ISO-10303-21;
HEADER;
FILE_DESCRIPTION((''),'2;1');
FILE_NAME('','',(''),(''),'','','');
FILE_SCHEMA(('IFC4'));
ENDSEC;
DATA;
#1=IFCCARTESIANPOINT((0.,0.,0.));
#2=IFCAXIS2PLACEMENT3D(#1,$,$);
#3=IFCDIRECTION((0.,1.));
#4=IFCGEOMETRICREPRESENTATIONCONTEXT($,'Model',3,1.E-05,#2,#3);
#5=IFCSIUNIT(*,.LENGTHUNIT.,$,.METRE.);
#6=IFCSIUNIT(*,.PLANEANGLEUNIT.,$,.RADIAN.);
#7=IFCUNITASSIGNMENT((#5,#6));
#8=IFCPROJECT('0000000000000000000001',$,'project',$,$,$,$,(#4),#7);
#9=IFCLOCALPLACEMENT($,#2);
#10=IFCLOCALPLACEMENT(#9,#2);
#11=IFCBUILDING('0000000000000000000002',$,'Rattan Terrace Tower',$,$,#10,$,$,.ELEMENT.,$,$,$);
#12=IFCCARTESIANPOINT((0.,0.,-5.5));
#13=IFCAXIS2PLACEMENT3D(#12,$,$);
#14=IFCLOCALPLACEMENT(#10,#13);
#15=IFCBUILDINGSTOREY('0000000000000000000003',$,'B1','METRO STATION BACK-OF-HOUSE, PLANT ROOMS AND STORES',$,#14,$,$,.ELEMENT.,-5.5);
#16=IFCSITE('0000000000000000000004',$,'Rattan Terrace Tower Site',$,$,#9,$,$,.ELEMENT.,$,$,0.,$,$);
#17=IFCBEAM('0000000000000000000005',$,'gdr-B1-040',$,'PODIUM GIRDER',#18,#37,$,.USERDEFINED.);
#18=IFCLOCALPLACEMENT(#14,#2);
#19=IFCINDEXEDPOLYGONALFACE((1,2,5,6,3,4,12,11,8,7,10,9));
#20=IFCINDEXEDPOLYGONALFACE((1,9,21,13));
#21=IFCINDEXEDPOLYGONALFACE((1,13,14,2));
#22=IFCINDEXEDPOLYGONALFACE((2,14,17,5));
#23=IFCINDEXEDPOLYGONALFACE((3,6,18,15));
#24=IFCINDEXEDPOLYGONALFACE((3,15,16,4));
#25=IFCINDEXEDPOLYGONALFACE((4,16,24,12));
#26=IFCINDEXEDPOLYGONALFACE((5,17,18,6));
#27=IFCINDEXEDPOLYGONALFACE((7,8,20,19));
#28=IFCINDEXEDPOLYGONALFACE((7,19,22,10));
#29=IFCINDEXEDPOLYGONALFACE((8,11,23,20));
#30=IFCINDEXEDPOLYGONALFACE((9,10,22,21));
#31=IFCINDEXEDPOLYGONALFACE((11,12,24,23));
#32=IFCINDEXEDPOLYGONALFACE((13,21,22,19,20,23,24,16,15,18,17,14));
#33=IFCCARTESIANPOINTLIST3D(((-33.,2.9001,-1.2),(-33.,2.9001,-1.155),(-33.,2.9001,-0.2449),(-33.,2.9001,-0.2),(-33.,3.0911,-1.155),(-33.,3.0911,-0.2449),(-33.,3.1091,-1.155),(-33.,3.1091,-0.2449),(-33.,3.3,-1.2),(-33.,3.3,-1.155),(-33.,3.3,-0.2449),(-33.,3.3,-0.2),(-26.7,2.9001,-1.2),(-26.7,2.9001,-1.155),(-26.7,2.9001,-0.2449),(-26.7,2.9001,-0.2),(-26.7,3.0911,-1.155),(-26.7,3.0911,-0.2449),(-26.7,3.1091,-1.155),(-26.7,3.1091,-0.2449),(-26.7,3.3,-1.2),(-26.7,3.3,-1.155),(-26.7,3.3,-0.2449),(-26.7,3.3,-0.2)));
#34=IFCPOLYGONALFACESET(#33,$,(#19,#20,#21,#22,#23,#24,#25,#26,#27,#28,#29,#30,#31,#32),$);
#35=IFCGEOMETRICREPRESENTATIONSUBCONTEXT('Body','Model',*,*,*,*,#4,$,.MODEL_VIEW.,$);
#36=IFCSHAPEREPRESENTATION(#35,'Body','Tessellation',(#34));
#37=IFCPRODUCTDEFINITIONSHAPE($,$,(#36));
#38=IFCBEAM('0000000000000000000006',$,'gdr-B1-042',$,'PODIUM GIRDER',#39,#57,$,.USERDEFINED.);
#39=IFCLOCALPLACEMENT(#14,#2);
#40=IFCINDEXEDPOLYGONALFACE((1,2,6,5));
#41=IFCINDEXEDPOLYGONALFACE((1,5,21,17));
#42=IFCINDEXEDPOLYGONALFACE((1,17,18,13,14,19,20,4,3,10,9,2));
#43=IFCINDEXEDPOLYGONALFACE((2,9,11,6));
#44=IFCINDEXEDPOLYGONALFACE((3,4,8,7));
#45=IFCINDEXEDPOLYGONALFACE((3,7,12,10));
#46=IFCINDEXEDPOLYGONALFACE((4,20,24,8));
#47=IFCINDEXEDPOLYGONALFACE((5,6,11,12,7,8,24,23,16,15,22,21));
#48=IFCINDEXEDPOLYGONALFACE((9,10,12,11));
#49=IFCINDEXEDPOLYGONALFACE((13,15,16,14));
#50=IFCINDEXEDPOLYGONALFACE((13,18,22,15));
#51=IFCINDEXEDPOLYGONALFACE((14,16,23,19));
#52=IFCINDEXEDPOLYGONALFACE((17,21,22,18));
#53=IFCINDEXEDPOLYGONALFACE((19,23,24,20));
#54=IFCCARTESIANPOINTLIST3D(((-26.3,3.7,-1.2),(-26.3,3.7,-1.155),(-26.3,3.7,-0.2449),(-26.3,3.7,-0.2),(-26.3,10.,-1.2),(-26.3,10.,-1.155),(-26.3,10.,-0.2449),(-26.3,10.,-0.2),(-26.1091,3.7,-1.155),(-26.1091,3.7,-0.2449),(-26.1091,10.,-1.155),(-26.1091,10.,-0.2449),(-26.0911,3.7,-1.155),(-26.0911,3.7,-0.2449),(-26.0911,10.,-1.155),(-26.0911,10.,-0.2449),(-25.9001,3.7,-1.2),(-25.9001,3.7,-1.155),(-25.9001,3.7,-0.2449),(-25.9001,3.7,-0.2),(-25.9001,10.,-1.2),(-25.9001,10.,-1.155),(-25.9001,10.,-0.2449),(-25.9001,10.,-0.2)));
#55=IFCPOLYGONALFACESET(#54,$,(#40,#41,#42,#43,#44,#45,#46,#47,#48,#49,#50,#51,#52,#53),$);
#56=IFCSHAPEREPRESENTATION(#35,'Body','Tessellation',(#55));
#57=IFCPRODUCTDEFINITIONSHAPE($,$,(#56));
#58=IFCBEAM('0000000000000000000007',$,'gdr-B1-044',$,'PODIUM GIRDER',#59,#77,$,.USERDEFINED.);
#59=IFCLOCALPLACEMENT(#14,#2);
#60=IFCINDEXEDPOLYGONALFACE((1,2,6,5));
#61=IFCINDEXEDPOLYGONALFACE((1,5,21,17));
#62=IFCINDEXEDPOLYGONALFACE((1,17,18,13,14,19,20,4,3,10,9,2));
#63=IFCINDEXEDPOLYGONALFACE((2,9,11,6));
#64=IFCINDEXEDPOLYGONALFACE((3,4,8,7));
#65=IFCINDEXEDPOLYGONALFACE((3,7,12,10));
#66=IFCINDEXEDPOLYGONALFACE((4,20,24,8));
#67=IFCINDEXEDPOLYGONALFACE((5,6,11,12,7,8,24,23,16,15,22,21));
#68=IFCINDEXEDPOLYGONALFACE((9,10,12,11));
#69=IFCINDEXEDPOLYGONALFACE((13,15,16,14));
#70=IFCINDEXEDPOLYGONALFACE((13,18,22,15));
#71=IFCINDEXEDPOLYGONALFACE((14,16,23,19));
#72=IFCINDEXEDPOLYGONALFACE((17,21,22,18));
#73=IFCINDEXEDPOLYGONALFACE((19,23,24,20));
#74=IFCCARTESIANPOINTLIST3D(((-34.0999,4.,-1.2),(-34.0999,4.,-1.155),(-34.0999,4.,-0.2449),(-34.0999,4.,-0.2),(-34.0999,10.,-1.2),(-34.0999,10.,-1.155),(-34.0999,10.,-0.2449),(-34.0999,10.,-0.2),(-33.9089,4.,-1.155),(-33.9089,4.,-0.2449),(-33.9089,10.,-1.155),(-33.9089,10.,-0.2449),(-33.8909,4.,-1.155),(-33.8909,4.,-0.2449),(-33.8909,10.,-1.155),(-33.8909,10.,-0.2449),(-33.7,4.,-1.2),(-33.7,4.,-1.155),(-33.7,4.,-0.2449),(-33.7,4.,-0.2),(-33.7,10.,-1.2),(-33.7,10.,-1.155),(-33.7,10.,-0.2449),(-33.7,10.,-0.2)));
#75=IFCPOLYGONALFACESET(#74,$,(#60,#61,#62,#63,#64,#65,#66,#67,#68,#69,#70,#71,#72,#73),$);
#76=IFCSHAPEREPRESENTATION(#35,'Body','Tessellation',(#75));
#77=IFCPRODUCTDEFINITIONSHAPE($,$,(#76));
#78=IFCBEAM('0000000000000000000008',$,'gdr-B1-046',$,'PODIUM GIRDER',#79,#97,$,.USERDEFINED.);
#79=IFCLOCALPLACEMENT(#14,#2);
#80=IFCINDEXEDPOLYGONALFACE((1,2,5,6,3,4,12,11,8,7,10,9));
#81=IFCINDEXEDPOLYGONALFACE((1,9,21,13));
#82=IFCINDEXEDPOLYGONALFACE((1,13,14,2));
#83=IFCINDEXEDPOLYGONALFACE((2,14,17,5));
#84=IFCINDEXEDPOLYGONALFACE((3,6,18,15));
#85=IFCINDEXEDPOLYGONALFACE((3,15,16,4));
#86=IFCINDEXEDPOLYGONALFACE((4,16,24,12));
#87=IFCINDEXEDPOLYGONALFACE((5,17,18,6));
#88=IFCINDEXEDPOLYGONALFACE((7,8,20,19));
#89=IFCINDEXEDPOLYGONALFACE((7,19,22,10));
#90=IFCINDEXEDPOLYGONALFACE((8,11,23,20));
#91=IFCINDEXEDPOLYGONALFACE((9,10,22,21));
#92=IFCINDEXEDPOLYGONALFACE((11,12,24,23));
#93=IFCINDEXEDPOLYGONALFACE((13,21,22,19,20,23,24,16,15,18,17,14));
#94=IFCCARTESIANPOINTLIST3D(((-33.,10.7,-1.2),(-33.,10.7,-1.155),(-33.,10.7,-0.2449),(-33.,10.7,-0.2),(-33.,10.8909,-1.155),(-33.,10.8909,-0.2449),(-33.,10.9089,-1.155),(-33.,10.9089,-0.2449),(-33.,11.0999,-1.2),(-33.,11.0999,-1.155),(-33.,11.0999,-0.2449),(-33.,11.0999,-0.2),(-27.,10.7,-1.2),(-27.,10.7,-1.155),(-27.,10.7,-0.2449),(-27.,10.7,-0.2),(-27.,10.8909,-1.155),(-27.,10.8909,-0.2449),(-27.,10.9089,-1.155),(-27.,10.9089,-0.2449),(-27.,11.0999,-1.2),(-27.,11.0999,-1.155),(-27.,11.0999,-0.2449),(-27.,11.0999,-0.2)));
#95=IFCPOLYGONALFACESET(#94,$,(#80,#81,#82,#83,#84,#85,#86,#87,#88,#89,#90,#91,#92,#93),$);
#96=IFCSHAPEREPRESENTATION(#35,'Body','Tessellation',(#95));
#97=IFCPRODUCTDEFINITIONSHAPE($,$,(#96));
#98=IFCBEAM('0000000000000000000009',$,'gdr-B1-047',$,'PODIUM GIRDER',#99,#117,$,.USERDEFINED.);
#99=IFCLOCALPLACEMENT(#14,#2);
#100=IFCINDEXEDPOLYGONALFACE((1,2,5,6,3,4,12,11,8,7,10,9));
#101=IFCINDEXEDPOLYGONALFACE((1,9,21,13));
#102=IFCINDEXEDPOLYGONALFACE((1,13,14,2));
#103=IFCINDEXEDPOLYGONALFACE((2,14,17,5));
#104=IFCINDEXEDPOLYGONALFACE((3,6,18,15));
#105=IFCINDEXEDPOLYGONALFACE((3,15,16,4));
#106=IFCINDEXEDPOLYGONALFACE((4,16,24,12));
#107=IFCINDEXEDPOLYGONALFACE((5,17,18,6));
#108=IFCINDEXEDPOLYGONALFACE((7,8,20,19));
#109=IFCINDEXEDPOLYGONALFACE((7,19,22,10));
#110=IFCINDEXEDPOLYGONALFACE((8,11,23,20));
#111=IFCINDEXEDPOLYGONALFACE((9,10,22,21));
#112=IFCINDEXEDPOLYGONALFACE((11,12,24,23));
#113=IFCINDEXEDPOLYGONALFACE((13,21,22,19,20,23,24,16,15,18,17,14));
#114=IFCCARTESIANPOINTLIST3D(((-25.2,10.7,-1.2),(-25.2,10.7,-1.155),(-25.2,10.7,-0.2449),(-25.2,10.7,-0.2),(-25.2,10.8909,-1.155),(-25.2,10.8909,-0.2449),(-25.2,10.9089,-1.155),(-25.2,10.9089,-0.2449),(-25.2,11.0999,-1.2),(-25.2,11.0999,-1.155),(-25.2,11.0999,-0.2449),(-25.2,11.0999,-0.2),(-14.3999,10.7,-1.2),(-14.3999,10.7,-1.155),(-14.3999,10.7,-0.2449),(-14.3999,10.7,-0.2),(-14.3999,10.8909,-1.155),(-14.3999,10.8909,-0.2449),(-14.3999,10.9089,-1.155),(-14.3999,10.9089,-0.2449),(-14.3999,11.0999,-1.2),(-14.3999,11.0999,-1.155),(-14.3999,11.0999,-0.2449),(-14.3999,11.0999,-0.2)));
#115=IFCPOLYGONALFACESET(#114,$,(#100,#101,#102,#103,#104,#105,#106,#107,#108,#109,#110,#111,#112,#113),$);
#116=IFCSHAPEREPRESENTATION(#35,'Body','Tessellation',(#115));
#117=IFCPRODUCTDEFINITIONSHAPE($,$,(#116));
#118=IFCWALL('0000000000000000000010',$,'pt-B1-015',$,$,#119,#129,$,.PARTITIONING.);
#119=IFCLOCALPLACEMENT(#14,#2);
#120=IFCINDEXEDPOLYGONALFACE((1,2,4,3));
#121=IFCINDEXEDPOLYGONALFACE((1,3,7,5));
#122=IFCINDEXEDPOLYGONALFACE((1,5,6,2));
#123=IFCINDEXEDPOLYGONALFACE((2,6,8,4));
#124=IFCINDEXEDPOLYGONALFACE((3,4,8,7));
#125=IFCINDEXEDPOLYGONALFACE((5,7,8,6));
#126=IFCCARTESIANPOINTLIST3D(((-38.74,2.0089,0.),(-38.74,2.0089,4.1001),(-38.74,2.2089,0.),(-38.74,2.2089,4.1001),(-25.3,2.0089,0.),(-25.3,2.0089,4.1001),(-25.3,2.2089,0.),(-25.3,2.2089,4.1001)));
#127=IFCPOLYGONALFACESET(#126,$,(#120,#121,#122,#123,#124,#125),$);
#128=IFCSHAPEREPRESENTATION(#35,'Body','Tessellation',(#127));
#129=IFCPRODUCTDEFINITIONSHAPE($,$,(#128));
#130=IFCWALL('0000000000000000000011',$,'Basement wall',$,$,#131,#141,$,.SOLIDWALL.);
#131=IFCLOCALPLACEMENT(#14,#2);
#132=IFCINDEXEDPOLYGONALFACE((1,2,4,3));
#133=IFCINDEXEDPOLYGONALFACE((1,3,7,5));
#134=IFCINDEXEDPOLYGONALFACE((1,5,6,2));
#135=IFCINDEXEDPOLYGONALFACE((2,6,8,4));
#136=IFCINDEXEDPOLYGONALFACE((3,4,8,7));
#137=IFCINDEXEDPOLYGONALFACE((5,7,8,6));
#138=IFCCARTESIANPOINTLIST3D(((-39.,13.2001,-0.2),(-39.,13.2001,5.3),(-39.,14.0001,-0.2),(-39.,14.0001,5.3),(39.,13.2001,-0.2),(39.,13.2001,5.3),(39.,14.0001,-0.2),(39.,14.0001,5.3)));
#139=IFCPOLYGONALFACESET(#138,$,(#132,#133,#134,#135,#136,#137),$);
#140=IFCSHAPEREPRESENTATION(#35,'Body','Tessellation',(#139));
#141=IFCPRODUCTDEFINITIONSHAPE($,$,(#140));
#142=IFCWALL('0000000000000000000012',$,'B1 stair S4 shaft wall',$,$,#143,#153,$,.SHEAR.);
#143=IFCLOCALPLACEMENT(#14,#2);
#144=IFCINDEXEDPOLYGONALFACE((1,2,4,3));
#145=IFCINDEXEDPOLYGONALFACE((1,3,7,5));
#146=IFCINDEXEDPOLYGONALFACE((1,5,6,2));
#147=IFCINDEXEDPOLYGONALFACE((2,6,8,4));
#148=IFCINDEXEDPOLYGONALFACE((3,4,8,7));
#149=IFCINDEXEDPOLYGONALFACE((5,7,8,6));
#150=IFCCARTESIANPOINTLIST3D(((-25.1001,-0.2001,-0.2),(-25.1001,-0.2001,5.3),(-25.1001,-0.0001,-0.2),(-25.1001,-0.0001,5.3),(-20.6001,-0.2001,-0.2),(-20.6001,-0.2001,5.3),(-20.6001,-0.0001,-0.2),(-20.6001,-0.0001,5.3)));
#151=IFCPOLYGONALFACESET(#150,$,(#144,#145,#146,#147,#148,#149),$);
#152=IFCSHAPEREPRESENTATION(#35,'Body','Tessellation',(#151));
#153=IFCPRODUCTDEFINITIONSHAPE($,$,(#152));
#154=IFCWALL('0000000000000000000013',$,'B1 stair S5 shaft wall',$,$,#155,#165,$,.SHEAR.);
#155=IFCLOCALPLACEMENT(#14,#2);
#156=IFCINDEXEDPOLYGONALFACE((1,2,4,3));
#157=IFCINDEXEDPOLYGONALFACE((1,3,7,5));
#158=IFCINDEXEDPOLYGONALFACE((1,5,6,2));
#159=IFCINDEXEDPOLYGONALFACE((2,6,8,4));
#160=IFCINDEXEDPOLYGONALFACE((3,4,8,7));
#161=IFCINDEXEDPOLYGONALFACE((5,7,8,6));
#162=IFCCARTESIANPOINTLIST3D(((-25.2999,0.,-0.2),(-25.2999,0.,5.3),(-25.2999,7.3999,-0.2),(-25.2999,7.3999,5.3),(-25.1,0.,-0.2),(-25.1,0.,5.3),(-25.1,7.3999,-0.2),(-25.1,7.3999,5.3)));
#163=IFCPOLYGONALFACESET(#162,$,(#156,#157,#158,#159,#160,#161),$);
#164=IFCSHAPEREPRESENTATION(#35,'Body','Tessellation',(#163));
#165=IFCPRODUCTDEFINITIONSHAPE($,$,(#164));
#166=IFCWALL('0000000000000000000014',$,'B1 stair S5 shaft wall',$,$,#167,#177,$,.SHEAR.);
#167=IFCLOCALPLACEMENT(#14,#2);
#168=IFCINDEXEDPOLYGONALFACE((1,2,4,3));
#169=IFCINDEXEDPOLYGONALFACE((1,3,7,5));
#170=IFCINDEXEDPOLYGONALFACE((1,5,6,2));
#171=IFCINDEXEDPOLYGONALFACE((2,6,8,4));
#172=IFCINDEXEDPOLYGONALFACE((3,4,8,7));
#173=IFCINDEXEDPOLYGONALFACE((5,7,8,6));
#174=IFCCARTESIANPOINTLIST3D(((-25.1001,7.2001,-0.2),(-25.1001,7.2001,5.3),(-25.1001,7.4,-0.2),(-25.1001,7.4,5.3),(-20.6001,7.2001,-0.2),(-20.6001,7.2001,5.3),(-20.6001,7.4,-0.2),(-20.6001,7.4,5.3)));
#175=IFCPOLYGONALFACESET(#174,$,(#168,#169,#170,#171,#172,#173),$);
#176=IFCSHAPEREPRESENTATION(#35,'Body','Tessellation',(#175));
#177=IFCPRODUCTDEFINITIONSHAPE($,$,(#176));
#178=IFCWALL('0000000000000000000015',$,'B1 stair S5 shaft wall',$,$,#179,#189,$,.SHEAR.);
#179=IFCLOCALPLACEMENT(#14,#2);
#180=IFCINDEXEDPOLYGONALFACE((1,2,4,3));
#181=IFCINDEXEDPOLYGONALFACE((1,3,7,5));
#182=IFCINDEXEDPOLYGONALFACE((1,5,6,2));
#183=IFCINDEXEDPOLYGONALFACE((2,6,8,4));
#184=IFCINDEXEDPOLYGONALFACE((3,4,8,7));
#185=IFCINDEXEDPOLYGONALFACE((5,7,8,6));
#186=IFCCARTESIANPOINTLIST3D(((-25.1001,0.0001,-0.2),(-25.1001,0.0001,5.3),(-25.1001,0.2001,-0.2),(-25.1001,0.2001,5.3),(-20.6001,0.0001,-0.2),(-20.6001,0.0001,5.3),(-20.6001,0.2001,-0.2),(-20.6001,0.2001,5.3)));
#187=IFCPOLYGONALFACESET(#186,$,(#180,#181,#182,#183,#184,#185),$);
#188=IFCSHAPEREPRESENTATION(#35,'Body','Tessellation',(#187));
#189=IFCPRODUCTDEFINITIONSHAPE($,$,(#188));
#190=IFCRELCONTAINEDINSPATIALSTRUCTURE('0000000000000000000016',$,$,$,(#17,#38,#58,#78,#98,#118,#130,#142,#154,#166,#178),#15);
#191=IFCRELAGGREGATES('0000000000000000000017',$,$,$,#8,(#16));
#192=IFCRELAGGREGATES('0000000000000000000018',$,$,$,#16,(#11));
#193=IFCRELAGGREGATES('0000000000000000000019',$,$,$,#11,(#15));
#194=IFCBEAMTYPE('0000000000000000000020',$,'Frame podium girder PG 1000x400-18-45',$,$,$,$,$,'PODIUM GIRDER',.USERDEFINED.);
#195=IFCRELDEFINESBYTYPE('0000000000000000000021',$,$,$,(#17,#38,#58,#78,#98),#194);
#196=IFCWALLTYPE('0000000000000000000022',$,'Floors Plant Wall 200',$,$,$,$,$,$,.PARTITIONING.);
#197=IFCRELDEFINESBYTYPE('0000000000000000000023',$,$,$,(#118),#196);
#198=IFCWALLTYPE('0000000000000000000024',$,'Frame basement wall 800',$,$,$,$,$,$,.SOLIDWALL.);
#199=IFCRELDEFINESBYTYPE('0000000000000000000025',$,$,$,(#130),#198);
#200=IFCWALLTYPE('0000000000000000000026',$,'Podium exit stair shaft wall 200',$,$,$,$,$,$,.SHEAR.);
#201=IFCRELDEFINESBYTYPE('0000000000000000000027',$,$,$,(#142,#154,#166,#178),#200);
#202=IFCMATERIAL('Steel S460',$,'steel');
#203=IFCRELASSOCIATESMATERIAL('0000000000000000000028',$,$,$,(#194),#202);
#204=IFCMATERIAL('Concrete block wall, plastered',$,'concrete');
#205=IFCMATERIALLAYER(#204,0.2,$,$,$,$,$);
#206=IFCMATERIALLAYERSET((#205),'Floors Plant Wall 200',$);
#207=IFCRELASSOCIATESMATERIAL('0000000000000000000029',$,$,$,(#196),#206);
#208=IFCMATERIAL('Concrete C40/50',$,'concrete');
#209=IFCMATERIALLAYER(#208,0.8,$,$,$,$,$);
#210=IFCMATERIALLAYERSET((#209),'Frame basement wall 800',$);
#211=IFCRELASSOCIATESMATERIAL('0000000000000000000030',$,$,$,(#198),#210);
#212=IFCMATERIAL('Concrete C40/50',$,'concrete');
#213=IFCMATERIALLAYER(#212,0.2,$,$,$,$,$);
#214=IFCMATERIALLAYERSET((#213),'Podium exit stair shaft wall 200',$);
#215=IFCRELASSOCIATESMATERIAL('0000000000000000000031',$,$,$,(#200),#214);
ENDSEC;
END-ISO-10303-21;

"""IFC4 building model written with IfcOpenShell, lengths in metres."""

from ifc_helpers import new_model, si_unit, direction, frame, frame_2d, origin, origin_2d, place, context, subcontext, project, spatial, rectangle, i_section, extrude, material, layer, layer_set, material_profile, profile_set, type_object, element, save


model = new_model("IFC4")

# Units and contexts
model_context = context("Model", 3, precision=1e-05, world=origin(), true_north=direction((0.0, 1.0)))
body_context = subcontext(model_context, "Body", "Model", "MODEL_VIEW")
ifc_project = project(units=[si_unit("LENGTHUNIT", "METRE"), si_unit("PLANEANGLEUNIT", "RADIAN")], contexts=[model_context])

# Site, building, storey
site_placement = place(None, origin())
site = spatial("IfcSite", under=ifc_project, at=site_placement, Name="Rattan Terrace Tower Site", CompositionType="ELEMENT", RefElevation=0.0)
building_placement = place(site_placement, origin())
building = spatial("IfcBuilding", under=site, at=building_placement, Name="Rattan Terrace Tower", CompositionType="ELEMENT")
storey_placement = place(building_placement, frame((0.0, 0.0, -5.5)))
storey = spatial("IfcBuildingStorey", under=building, at=storey_placement, Name="B1", Description="METRO STATION BACK-OF-HOUSE, PLANT ROOMS AND STORES", CompositionType="ELEMENT", Elevation=-5.5)

# Beams
ifc_material_1 = material(Name="Steel S460", Category="steel")
ifc_material_profile_1 = material_profile(ifc_material_1, i_section(OverallWidth=0.3999, OverallDepth=1.0, WebThickness=0.0181, FlangeThickness=0.0449, at=origin_2d()), Name="PG 1000x400-18-45")
ifc_profile_set_1 = profile_set([ifc_material_profile_1], Name="Steel S460")
beam_type_1 = type_object("IfcBeamType", Name="Frame podium girder PG 1000x400-18-45", ElementType="PODIUM GIRDER", PredefinedType="USERDEFINED", material=ifc_profile_set_1)
for number, where, z_axis, x_axis, name in (
    (1, (-33.0, 3.1001, -0.7), (1.0, 0.0, 0.0), (0.0, 1.0, 0.0), "gdr-B1-040"),
    (2, (-26.1001, 3.7, -0.7), (0.0, 1.0, 0.0), (-1.0, 0.0, 0.0), "gdr-B1-042"),
):
    element("IfcBeam", number, at=place(storey_placement, frame(where, z_axis=z_axis, x_axis=x_axis)), inside=storey, type_object=beam_type_1, Name=name, ObjectType="PODIUM GIRDER", PredefinedType="USERDEFINED", context=body_context, shape_type="SweptSolid", body=[
        extrude(i_section(OverallWidth=0.3999, OverallDepth=1.0, WebThickness=0.0181, FlangeThickness=0.0449, at=origin_2d()), origin(), (0.0, 0.0, 1.0), 6.3),
    ])
for number, where, z_axis, x_axis, name in (
    (3, (-33.8999, 4.0, -0.7), (0.0, 1.0, 0.0), (-1.0, 0.0, 0.0), "gdr-B1-044"),
    (4, (-33.0, 10.8999, -0.7), (1.0, 0.0, 0.0), (0.0, 1.0, 0.0), "gdr-B1-046"),
):
    element("IfcBeam", number, at=place(storey_placement, frame(where, z_axis=z_axis, x_axis=x_axis)), inside=storey, type_object=beam_type_1, Name=name, ObjectType="PODIUM GIRDER", PredefinedType="USERDEFINED", context=body_context, shape_type="SweptSolid", body=[
        extrude(i_section(OverallWidth=0.3999, OverallDepth=1.0, WebThickness=0.0181, FlangeThickness=0.0449, at=origin_2d()), origin(), (0.0, 0.0, 1.0), 6.0),
    ])
beam_1_placement = place(storey_placement, frame((-25.2, 10.8999, -0.7), z_axis=(1.0, 0.0, 0.0), x_axis=(0.0, 1.0, 0.0)))
element("IfcBeam", 5, at=beam_1_placement, inside=storey, type_object=beam_type_1, Name="gdr-B1-047", ObjectType="PODIUM GIRDER", PredefinedType="USERDEFINED", context=body_context, shape_type="SweptSolid", body=[
    extrude(i_section(OverallWidth=0.3999, OverallDepth=1.0, WebThickness=0.0181, FlangeThickness=0.0449, at=origin_2d()), origin(), (0.0, 0.0, 1.0), 10.8),
])

# Walls
ifc_material_2 = material(Name="Concrete block wall, plastered", Category="concrete")
ifc_layer_1 = layer(ifc_material_2, 0.2)
ifc_layer_set_1 = layer_set([ifc_layer_1], Name="Floors Plant Wall 200")
wall_type_1 = type_object("IfcWallType", Name="Floors Plant Wall 200", PredefinedType="PARTITIONING", material=ifc_layer_set_1)
wall_1_placement = place(storey_placement, frame((-38.74, 2.1089, 0.0), z_axis=(0.0, 0.0, 1.0), x_axis=(1.0, 0.0, 0.0)))
element("IfcWall", 6, at=wall_1_placement, inside=storey, type_object=wall_type_1, Name="pt-B1-015", PredefinedType="PARTITIONING", context=body_context, shape_type="SweptSolid", body=[
    extrude(rectangle(XDim=13.4399, YDim=0.2, at=frame_2d((6.72, 0.0))), origin(), (0.0, 0.0, 1.0), 4.1001),
])
ifc_material_3 = material(Name="Concrete C40/50", Category="concrete")
ifc_layer_2 = layer(ifc_material_3, 0.8)
ifc_layer_set_2 = layer_set([ifc_layer_2], Name="Frame basement wall 800")
wall_type_2 = type_object("IfcWallType", Name="Frame basement wall 800", PredefinedType="SOLIDWALL", material=ifc_layer_set_2)
wall_2_placement = place(storey_placement, frame((-39.0, 13.6001, -0.2), z_axis=(0.0, 0.0, 1.0), x_axis=(1.0, 0.0, 0.0)))
element("IfcWall", 7, at=wall_2_placement, inside=storey, type_object=wall_type_2, Name="Basement wall", PredefinedType="SOLIDWALL", context=body_context, shape_type="SweptSolid", body=[
    extrude(rectangle(XDim=78.0, YDim=0.8, at=frame_2d((39.0, 0.0))), origin(), (0.0, 0.0, 1.0), 5.5),
])
ifc_material_4 = material(Name="Concrete C40/50", Category="concrete")
ifc_layer_3 = layer(ifc_material_4, 0.2)
ifc_layer_set_3 = layer_set([ifc_layer_3], Name="Podium exit stair shaft wall 200")
wall_type_3 = type_object("IfcWallType", Name="Podium exit stair shaft wall 200", PredefinedType="SHEAR", material=ifc_layer_set_3)
wall_3_placement = place(storey_placement, frame((-25.1001, -0.1001, -0.2), z_axis=(0.0, 0.0, 1.0), x_axis=(1.0, 0.0, 0.0)))
element("IfcWall", 8, at=wall_3_placement, inside=storey, type_object=wall_type_3, Name="B1 stair S4 shaft wall", PredefinedType="SHEAR", context=body_context, shape_type="SweptSolid", body=[
    extrude(rectangle(XDim=4.5, YDim=0.2, at=frame_2d((2.25, 0.0))), origin(), (0.0, 0.0, 1.0), 5.5),
])
wall_4_placement = place(storey_placement, frame((-25.2, 0.0, -0.2), z_axis=(0.0, 0.0, 1.0), x_axis=(0.0, 1.0, 0.0)))
element("IfcWall", 9, at=wall_4_placement, inside=storey, type_object=wall_type_3, Name="B1 stair S5 shaft wall", PredefinedType="SHEAR", context=body_context, shape_type="SweptSolid", body=[
    extrude(rectangle(XDim=7.3999, YDim=0.2, at=frame_2d((3.7, 0.0))), origin(), (0.0, 0.0, 1.0), 5.5),
])
for number, where, z_axis, x_axis, name in (
    (10, (-25.1001, 7.3, -0.2), (0.0, 0.0, 1.0), (1.0, 0.0, 0.0), "B1 stair S5 shaft wall"),
    (11, (-25.1001, 0.1001, -0.2), (0.0, 0.0, 1.0), (1.0, 0.0, 0.0), "B1 stair S5 shaft wall"),
):
    element("IfcWall", number, at=place(storey_placement, frame(where, z_axis=z_axis, x_axis=x_axis)), inside=storey, type_object=wall_type_3, Name=name, PredefinedType="SHEAR", context=body_context, shape_type="SweptSolid", body=[
        extrude(rectangle(XDim=4.5, YDim=0.2, at=frame_2d((2.25, 0.0))), origin(), (0.0, 0.0, 1.0), 5.5),
    ])

save(model, "model.ifc")
